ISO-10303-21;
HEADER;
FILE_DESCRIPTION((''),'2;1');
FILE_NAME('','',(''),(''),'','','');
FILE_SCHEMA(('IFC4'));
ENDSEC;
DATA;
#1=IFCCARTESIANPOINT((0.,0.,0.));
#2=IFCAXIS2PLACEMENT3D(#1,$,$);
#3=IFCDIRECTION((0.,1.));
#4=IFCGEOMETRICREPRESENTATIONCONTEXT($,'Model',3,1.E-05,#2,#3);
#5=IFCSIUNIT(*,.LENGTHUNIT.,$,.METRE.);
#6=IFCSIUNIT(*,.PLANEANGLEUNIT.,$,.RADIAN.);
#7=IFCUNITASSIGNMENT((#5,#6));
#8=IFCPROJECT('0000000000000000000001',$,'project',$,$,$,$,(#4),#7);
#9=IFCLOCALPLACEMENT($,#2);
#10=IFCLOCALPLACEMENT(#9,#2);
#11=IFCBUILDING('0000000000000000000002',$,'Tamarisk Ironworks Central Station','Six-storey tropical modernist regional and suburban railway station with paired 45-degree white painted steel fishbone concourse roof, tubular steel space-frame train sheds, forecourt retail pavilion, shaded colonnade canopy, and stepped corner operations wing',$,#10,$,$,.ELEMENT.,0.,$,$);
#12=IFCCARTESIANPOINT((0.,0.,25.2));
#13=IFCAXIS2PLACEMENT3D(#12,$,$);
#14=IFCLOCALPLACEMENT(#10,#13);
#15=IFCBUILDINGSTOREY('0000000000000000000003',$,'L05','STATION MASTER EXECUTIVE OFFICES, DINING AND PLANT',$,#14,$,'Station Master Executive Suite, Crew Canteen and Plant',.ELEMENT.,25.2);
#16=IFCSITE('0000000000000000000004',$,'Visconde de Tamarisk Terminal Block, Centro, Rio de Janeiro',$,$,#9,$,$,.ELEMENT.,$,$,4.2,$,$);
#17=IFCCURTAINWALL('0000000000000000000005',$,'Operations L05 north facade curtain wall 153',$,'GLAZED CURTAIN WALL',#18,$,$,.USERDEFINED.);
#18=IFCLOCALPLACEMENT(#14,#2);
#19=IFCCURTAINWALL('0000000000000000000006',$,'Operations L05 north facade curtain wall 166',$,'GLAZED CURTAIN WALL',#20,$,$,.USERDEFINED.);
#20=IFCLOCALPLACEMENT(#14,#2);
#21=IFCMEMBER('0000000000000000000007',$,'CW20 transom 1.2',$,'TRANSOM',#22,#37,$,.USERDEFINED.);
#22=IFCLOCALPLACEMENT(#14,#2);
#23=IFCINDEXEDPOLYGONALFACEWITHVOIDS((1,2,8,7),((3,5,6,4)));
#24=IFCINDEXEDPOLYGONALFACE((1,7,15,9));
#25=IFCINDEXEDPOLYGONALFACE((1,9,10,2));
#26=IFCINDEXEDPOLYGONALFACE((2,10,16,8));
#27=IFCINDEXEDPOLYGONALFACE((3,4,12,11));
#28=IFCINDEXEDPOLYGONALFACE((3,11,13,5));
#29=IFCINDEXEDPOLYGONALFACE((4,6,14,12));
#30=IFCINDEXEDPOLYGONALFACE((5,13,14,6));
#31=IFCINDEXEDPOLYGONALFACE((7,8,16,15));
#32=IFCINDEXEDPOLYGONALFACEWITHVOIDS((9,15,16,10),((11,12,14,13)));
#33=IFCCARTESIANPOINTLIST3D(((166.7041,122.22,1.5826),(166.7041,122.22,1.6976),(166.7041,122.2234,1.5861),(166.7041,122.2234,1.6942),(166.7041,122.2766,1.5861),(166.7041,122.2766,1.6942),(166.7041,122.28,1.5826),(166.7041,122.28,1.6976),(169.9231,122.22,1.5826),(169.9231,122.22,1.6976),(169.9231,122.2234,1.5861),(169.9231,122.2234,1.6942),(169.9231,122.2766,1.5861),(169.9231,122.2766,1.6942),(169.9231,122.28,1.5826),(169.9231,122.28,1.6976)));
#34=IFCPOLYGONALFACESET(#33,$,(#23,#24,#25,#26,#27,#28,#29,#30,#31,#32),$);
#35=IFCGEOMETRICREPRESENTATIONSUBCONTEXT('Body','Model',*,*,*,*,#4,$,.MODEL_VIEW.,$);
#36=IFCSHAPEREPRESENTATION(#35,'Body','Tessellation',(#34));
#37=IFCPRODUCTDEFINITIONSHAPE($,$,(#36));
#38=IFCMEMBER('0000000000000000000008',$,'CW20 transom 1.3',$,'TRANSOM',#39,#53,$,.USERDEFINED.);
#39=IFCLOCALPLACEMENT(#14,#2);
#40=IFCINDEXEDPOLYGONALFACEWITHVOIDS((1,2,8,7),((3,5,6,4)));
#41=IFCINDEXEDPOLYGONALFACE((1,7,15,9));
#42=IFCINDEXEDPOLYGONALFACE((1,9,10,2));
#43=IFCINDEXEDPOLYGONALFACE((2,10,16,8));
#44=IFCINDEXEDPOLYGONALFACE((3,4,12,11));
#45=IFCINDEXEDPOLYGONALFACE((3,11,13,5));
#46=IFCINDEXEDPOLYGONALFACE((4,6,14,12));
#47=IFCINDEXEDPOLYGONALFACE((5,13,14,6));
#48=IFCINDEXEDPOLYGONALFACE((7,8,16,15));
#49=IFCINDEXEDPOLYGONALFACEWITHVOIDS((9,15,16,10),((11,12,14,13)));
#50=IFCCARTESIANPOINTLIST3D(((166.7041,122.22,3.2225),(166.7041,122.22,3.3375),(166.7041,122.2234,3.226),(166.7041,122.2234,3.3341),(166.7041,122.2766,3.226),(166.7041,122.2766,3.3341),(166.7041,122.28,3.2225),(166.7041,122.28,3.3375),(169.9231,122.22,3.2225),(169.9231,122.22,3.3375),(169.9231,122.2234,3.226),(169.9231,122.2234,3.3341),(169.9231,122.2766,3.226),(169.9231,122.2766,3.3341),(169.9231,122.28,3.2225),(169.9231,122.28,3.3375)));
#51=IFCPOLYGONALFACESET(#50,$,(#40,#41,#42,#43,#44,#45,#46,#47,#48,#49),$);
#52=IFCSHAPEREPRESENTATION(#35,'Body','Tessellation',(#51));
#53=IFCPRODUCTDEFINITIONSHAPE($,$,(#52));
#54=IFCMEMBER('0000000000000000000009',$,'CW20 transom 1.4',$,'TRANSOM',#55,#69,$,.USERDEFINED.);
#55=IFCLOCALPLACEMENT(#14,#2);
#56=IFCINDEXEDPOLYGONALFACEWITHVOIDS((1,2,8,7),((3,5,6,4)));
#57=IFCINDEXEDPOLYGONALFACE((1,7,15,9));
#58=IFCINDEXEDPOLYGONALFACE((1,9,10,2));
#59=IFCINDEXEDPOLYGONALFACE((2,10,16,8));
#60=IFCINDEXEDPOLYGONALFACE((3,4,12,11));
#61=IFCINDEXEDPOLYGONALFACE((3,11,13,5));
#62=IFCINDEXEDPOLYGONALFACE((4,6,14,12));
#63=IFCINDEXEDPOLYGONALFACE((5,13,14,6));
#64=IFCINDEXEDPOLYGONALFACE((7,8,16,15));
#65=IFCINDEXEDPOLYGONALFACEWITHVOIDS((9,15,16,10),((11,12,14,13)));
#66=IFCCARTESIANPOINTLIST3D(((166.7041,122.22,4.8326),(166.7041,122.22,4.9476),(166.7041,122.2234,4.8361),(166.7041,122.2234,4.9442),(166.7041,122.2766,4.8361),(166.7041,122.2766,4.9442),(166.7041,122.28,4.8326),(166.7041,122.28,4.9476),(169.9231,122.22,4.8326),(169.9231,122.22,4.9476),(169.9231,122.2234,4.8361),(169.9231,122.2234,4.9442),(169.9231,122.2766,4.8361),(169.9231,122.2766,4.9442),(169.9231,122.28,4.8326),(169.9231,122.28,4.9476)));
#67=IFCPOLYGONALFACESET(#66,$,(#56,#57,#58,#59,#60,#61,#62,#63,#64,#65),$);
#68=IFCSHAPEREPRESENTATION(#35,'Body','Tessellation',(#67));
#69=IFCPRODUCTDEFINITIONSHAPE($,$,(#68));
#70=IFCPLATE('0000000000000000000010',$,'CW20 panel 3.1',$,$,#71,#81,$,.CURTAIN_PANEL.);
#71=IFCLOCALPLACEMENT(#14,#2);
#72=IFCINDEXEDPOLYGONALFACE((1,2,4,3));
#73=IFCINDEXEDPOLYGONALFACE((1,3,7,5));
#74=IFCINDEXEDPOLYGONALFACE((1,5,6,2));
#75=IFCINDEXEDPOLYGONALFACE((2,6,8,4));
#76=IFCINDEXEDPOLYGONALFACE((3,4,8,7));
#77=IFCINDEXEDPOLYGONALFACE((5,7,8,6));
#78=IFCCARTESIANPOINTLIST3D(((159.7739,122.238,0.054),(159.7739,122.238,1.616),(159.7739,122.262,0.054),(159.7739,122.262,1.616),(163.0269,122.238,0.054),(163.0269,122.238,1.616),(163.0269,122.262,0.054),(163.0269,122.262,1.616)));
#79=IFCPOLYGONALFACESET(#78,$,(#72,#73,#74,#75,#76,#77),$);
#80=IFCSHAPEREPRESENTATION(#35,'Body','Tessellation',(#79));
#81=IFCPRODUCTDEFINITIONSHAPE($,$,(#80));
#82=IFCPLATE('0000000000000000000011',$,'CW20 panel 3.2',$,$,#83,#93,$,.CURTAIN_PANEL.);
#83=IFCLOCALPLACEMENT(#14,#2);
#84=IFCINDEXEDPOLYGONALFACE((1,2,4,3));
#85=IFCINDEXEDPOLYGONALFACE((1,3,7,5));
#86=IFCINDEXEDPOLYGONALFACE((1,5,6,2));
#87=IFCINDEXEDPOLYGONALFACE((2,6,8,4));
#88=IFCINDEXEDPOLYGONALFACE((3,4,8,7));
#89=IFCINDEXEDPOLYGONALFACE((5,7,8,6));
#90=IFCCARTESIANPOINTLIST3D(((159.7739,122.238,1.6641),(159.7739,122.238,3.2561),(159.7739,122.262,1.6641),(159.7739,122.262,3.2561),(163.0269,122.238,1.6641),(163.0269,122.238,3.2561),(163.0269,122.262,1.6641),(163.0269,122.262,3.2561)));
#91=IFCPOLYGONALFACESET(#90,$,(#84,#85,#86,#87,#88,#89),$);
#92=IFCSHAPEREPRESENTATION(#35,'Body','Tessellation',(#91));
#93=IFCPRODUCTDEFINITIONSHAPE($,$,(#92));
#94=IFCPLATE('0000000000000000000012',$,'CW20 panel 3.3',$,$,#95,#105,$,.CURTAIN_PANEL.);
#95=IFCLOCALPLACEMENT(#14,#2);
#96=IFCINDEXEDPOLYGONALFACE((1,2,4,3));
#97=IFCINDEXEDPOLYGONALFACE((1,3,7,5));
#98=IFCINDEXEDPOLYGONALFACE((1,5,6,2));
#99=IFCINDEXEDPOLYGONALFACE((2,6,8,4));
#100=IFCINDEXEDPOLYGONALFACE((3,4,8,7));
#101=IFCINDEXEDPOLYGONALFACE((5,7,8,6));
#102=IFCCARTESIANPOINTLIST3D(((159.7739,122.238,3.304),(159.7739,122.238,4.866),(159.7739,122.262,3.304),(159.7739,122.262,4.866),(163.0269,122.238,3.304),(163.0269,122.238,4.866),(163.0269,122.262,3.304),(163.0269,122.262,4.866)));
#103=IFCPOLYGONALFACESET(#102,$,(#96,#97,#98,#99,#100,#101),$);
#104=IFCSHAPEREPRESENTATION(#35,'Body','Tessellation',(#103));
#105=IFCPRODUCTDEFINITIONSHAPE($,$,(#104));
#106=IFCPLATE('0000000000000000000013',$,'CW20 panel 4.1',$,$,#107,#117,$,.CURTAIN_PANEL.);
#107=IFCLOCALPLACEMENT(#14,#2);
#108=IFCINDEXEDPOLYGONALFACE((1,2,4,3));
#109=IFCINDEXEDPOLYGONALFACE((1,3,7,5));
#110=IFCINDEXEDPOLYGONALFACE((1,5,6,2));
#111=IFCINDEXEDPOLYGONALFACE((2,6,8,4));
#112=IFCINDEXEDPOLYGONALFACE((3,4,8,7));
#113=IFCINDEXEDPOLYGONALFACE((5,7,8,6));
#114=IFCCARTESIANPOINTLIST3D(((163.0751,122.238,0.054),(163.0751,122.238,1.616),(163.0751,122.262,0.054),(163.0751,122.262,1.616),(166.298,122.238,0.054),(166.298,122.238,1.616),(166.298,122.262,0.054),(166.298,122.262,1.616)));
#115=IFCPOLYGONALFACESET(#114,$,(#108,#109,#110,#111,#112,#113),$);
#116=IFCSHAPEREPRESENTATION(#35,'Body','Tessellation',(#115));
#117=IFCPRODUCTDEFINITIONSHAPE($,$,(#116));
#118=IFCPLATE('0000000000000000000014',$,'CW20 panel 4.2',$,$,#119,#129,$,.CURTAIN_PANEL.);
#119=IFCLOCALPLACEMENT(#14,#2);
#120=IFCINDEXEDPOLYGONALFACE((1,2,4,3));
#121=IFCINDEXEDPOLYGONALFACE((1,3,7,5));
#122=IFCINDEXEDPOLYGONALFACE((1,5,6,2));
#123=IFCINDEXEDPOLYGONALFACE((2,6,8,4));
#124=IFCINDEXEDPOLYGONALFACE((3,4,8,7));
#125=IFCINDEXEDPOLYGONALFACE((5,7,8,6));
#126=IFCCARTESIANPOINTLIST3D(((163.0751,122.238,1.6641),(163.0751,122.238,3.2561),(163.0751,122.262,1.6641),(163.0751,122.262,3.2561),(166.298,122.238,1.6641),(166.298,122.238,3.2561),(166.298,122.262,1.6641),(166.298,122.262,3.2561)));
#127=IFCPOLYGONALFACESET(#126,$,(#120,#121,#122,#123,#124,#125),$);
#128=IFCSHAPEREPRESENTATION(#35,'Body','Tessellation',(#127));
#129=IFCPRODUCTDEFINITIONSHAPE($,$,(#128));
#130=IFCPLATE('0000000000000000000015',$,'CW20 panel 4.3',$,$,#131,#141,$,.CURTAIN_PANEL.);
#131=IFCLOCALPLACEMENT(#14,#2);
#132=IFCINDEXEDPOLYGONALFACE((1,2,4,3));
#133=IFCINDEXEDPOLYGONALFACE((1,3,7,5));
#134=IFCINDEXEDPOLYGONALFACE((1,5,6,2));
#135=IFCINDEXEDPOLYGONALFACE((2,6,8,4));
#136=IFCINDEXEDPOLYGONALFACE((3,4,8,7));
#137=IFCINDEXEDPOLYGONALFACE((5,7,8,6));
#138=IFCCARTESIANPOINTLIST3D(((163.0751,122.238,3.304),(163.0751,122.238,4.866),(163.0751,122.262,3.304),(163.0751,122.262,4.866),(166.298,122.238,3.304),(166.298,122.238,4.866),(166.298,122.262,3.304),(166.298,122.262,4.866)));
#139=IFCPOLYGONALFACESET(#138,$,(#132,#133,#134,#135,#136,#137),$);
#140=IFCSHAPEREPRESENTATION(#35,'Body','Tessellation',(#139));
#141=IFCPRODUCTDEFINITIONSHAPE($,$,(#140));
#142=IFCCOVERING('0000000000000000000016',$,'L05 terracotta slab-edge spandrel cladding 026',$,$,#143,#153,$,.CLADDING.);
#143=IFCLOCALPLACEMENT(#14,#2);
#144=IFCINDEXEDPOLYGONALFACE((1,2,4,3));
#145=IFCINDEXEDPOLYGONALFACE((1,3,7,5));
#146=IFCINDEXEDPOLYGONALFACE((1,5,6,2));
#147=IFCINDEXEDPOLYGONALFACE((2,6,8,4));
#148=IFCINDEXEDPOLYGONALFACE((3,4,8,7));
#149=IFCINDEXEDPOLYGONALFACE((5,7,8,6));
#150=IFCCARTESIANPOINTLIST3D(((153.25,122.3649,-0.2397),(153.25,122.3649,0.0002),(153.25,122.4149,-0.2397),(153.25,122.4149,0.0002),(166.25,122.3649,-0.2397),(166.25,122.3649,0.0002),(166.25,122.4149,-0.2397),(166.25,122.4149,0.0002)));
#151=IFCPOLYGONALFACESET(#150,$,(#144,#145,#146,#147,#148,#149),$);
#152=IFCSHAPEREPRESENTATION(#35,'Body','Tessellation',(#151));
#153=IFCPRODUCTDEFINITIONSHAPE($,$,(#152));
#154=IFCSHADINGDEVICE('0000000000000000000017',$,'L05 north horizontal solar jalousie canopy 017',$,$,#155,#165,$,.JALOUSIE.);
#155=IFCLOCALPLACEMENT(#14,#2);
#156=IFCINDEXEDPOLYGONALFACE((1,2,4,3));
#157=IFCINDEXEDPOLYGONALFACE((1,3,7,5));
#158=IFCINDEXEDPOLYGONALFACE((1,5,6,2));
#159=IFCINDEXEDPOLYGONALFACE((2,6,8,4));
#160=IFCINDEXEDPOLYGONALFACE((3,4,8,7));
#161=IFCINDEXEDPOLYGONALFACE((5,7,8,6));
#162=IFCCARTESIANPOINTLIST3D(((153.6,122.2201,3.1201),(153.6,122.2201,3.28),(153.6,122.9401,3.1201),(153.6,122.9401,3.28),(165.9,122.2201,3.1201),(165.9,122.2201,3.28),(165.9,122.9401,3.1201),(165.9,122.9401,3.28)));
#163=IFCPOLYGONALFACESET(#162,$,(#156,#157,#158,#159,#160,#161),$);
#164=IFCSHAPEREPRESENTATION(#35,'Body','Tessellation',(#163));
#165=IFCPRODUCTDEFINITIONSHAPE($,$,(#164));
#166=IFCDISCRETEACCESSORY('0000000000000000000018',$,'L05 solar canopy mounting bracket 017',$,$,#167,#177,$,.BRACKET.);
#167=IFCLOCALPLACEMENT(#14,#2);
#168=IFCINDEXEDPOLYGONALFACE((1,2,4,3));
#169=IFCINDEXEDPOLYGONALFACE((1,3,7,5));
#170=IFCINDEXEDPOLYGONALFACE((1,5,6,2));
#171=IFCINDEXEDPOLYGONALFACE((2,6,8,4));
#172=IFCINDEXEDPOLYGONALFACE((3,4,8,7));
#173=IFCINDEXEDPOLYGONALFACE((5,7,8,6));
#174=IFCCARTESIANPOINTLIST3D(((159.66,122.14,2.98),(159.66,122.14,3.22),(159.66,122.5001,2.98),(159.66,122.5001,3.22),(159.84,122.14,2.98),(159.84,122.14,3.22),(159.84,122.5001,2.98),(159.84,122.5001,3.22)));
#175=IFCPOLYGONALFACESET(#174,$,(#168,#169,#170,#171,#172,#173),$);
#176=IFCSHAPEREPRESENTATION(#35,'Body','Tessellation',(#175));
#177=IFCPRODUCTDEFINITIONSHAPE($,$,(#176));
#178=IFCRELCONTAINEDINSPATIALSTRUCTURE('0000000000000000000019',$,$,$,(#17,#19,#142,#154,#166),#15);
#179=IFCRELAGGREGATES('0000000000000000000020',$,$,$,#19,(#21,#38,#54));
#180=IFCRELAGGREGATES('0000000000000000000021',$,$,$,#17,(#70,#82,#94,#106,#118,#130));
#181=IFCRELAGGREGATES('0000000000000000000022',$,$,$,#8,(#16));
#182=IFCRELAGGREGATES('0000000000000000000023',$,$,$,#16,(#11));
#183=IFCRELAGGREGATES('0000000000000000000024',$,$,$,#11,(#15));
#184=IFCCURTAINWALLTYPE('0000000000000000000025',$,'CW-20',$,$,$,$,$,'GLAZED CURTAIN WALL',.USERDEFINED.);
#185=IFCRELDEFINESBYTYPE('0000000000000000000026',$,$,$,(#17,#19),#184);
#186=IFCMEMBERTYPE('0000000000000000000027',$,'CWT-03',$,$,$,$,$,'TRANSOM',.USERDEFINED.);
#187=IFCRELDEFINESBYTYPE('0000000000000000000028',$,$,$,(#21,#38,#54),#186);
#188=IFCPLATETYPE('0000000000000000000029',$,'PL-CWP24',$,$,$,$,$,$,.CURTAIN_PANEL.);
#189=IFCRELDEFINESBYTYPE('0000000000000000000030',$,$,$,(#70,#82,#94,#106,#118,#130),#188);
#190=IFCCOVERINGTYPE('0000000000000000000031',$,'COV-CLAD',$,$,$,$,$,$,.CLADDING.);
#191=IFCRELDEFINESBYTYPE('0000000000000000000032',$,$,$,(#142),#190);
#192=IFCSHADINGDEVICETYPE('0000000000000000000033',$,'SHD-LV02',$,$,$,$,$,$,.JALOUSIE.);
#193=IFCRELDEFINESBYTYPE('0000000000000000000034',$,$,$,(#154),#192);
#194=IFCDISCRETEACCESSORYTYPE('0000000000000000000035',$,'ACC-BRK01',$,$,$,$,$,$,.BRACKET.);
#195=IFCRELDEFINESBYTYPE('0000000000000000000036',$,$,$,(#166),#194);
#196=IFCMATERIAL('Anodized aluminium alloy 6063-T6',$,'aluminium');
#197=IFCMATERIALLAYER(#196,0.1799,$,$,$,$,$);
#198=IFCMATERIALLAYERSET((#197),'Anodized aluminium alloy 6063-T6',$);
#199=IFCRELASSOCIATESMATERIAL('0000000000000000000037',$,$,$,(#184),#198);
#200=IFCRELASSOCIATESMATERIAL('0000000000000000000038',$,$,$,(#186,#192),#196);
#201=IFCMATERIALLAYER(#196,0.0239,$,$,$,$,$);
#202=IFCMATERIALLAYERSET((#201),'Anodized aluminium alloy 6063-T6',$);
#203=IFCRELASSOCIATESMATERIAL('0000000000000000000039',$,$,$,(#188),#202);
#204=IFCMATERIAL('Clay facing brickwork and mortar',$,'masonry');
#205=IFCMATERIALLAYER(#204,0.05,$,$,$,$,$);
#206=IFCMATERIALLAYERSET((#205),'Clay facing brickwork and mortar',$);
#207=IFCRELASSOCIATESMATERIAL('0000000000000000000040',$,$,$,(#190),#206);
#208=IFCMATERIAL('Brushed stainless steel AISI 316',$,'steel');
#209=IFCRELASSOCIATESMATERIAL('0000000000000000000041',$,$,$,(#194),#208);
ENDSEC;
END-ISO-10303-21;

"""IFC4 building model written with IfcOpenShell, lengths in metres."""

from ifc_helpers import new_model, si_unit, direction, frame, origin, origin_2d, place, context, subcontext, project, spatial, rectangle, hollow_rectangle, extrude, material, layer, layer_set, material_profile, profile_set, type_object, element, aggregate, save


model = new_model("IFC4")

# Units and contexts
model_context = context("Model", 3, precision=1e-05, world=origin(), true_north=direction((0.0, 1.0)))
body_context = subcontext(model_context, "Body", "Model", "MODEL_VIEW")
ifc_project = project(units=[si_unit("LENGTHUNIT", "METRE"), si_unit("PLANEANGLEUNIT", "RADIAN")], contexts=[model_context])

# Site, building, storey
site_placement = place(None, origin())
site = spatial("IfcSite", under=ifc_project, at=site_placement, Name="Visconde de Tamarisk Terminal Block, Centro, Rio de Janeiro", CompositionType="ELEMENT", RefElevation=4.2)
building_placement = place(site_placement, origin())
building = spatial("IfcBuilding", under=site, at=building_placement, Name="Tamarisk Ironworks Central Station", Description="Six-storey tropical modernist regional and suburban railway station with paired 45-degree white painted steel fishbone concourse roof, tubular steel space-frame train sheds, forecourt retail pavilion, shaded colonnade canopy, and stepped corner operations wing", CompositionType="ELEMENT", ElevationOfRefHeight=0.0)
storey_placement = place(building_placement, frame((0.0, 0.0, 25.2)))
storey = spatial("IfcBuildingStorey", under=building, at=storey_placement, Name="L05", Description="STATION MASTER EXECUTIVE OFFICES, DINING AND PLANT", LongName="Station Master Executive Suite, Crew Canteen and Plant", CompositionType="ELEMENT", Elevation=25.2)

# Curtain wall
ifc_material_1 = material(Name="Anodized aluminium alloy 6063-T6", Category="aluminium")
ifc_layer_1 = layer(ifc_material_1, 0.1799)
ifc_layer_set_1 = layer_set([ifc_layer_1], Name="Anodized aluminium alloy 6063-T6")
curtain_wall_type = type_object("IfcCurtainWallType", Name="CW-20", ElementType="GLAZED CURTAIN WALL", PredefinedType="USERDEFINED", material=ifc_layer_set_1)
curtain_wall_1_placement = place(storey_placement, origin())
curtain_wall_1 = element("IfcCurtainWall", 1, at=curtain_wall_1_placement, inside=storey, type_object=curtain_wall_type, Name="Operations L05 north facade curtain wall 153", ObjectType="GLAZED CURTAIN WALL", PredefinedType="USERDEFINED")

# Curtain wall
curtain_wall_2_placement = place(storey_placement, origin())
curtain_wall_2 = element("IfcCurtainWall", 2, at=curtain_wall_2_placement, inside=storey, type_object=curtain_wall_type, Name="Operations L05 north facade curtain wall 166", ObjectType="GLAZED CURTAIN WALL", PredefinedType="USERDEFINED")

# Members
ifc_material_profile_1 = material_profile(ifc_material_1, hollow_rectangle(XDim=0.0601, YDim=0.115, WallThickness=0.0034, at=origin_2d()), Name="ALUM 115x60")
ifc_profile_set_1 = profile_set([ifc_material_profile_1], Name="Anodized aluminium alloy 6063-T6")
member_type_1 = type_object("IfcMemberType", Name="CWT-03", ElementType="TRANSOM", PredefinedType="USERDEFINED", material=ifc_profile_set_1)
member_1_placement = place(storey_placement, frame((166.7041, 122.25, 1.6401), z_axis=(1.0, 0.0, 0.0), x_axis=(0.0, 1.0, 0.0)))
member_1 = element("IfcMember", 3, at=member_1_placement, type_object=member_type_1, Name="CW20 transom 1.2", ObjectType="TRANSOM", PredefinedType="USERDEFINED", context=body_context, shape_type="SweptSolid", body=[
    extrude(hollow_rectangle(XDim=0.0601, YDim=0.115, WallThickness=0.0034, at=origin_2d()), origin(), (0.0, 0.0, 1.0), 3.219),
])
member_2_placement = place(storey_placement, frame((166.7041, 122.25, 3.28), z_axis=(1.0, 0.0, 0.0), x_axis=(0.0, 1.0, 0.0)))
member_2 = element("IfcMember", 4, at=member_2_placement, type_object=member_type_1, Name="CW20 transom 1.3", ObjectType="TRANSOM", PredefinedType="USERDEFINED", context=body_context, shape_type="SweptSolid", body=[
    extrude(hollow_rectangle(XDim=0.0601, YDim=0.115, WallThickness=0.0034, at=origin_2d()), origin(), (0.0, 0.0, 1.0), 3.219),
])
member_3_placement = place(storey_placement, frame((166.7041, 122.25, 4.8901), z_axis=(1.0, 0.0, 0.0), x_axis=(0.0, 1.0, 0.0)))
member_3 = element("IfcMember", 5, at=member_3_placement, type_object=member_type_1, Name="CW20 transom 1.4", ObjectType="TRANSOM", PredefinedType="USERDEFINED", context=body_context, shape_type="SweptSolid", body=[
    extrude(hollow_rectangle(XDim=0.0601, YDim=0.115, WallThickness=0.0034, at=origin_2d()), origin(), (0.0, 0.0, 1.0), 3.219),
])
aggregate(curtain_wall_2, [member_1, member_2, member_3])

# Plates
ifc_layer_2 = layer(ifc_material_1, 0.0239)
ifc_layer_set_2 = layer_set([ifc_layer_2], Name="Anodized aluminium alloy 6063-T6")
plate_type = type_object("IfcPlateType", Name="PL-CWP24", PredefinedType="CURTAIN_PANEL", material=ifc_layer_set_2)
plate_1_placement = place(storey_placement, frame((161.4004, 122.25, 0.054), z_axis=(0.0, 0.0, 1.0), x_axis=(1.0, 0.0, 0.0)))
plate_1 = element("IfcPlate", 6, at=plate_1_placement, type_object=plate_type, Name="CW20 panel 3.1", PredefinedType="CURTAIN_PANEL", context=body_context, shape_type="SweptSolid", body=[
    extrude(rectangle(XDim=3.2529, YDim=0.0239, at=origin_2d()), origin(), (0.0, 0.0, 1.0), 1.562),
])
plate_2_placement = place(storey_placement, frame((161.4004, 122.25, 1.6641), z_axis=(0.0, 0.0, 1.0), x_axis=(1.0, 0.0, 0.0)))
plate_2 = element("IfcPlate", 7, at=plate_2_placement, type_object=plate_type, Name="CW20 panel 3.2", PredefinedType="CURTAIN_PANEL", context=body_context, shape_type="SweptSolid", body=[
    extrude(rectangle(XDim=3.2529, YDim=0.0239, at=origin_2d()), origin(), (0.0, 0.0, 1.0), 1.592),
])
plate_3_placement = place(storey_placement, frame((161.4004, 122.25, 3.304), z_axis=(0.0, 0.0, 1.0), x_axis=(1.0, 0.0, 0.0)))
plate_3 = element("IfcPlate", 8, at=plate_3_placement, type_object=plate_type, Name="CW20 panel 3.3", PredefinedType="CURTAIN_PANEL", context=body_context, shape_type="SweptSolid", body=[
    extrude(rectangle(XDim=3.2529, YDim=0.0239, at=origin_2d()), origin(), (0.0, 0.0, 1.0), 1.562),
])
plate_4_placement = place(storey_placement, frame((164.6865, 122.25, 0.054), z_axis=(0.0, 0.0, 1.0), x_axis=(1.0, 0.0, 0.0)))
plate_4 = element("IfcPlate", 9, at=plate_4_placement, type_object=plate_type, Name="CW20 panel 4.1", PredefinedType="CURTAIN_PANEL", context=body_context, shape_type="SweptSolid", body=[
    extrude(rectangle(XDim=3.2229, YDim=0.0239, at=origin_2d()), origin(), (0.0, 0.0, 1.0), 1.562),
])
plate_5_placement = place(storey_placement, frame((164.6865, 122.25, 1.6641), z_axis=(0.0, 0.0, 1.0), x_axis=(1.0, 0.0, 0.0)))
plate_5 = element("IfcPlate", 10, at=plate_5_placement, type_object=plate_type, Name="CW20 panel 4.2", PredefinedType="CURTAIN_PANEL", context=body_context, shape_type="SweptSolid", body=[
    extrude(rectangle(XDim=3.2229, YDim=0.0239, at=origin_2d()), origin(), (0.0, 0.0, 1.0), 1.592),
])
plate_6_placement = place(storey_placement, frame((164.6865, 122.25, 3.304), z_axis=(0.0, 0.0, 1.0), x_axis=(1.0, 0.0, 0.0)))
plate_6 = element("IfcPlate", 11, at=plate_6_placement, type_object=plate_type, Name="CW20 panel 4.3", PredefinedType="CURTAIN_PANEL", context=body_context, shape_type="SweptSolid", body=[
    extrude(rectangle(XDim=3.2229, YDim=0.0239, at=origin_2d()), origin(), (0.0, 0.0, 1.0), 1.562),
])
aggregate(curtain_wall_1, [plate_1, plate_2, plate_3, plate_4, plate_5, plate_6])

# Covering
ifc_material_2 = material(Name="Clay facing brickwork and mortar", Category="masonry")
ifc_layer_3 = layer(ifc_material_2, 0.05)
ifc_layer_set_3 = layer_set([ifc_layer_3], Name="Clay facing brickwork and mortar")
covering_type = type_object("IfcCoveringType", Name="COV-CLAD", PredefinedType="CLADDING", material=ifc_layer_set_3)
covering_placement = place(storey_placement, frame((159.75, 122.3899, -0.2397), z_axis=(0.0, 0.0, 1.0), x_axis=(1.0, 0.0, 0.0)))
element("IfcCovering", 12, at=covering_placement, inside=storey, type_object=covering_type, Name="L05 terracotta slab-edge spandrel cladding 026", PredefinedType="CLADDING", context=body_context, shape_type="SweptSolid", body=[
    extrude(rectangle(XDim=13.0, YDim=0.05, at=origin_2d()), origin(), (0.0, 0.0, 1.0), 0.24),
])

# Shading device
shading_device_type = type_object("IfcShadingDeviceType", Name="SHD-LV02", PredefinedType="JALOUSIE", material=ifc_material_1)
shading_device_placement = place(storey_placement, frame((159.75, 122.5801, 3.1201), z_axis=(0.0, 0.0, 1.0), x_axis=(1.0, 0.0, 0.0)))
element("IfcShadingDevice", 13, at=shading_device_placement, inside=storey, type_object=shading_device_type, Name="L05 north horizontal solar jalousie canopy 017", PredefinedType="JALOUSIE", context=body_context, shape_type="SweptSolid", body=[
    extrude(rectangle(XDim=12.3, YDim=0.72, at=origin_2d()), origin(), (0.0, 0.0, 1.0), 0.1599),
])

# Discrete accessory
ifc_material_3 = material(Name="Brushed stainless steel AISI 316", Category="steel")
discrete_accessory_type = type_object("IfcDiscreteAccessoryType", Name="ACC-BRK01", PredefinedType="BRACKET", material=ifc_material_3)
discrete_accessory_placement = place(storey_placement, frame((159.75, 122.3201, 2.98), z_axis=(0.0, 0.0, 1.0), x_axis=(1.0, 0.0, 0.0)))
element("IfcDiscreteAccessory", 14, at=discrete_accessory_placement, inside=storey, type_object=discrete_accessory_type, Name="L05 solar canopy mounting bracket 017", PredefinedType="BRACKET", context=body_context, shape_type="SweptSolid", body=[
    extrude(rectangle(XDim=0.1799, YDim=0.3601, at=origin_2d()), origin(), (0.0, 0.0, 1.0), 0.24),
])

save(model, "model.ifc")
